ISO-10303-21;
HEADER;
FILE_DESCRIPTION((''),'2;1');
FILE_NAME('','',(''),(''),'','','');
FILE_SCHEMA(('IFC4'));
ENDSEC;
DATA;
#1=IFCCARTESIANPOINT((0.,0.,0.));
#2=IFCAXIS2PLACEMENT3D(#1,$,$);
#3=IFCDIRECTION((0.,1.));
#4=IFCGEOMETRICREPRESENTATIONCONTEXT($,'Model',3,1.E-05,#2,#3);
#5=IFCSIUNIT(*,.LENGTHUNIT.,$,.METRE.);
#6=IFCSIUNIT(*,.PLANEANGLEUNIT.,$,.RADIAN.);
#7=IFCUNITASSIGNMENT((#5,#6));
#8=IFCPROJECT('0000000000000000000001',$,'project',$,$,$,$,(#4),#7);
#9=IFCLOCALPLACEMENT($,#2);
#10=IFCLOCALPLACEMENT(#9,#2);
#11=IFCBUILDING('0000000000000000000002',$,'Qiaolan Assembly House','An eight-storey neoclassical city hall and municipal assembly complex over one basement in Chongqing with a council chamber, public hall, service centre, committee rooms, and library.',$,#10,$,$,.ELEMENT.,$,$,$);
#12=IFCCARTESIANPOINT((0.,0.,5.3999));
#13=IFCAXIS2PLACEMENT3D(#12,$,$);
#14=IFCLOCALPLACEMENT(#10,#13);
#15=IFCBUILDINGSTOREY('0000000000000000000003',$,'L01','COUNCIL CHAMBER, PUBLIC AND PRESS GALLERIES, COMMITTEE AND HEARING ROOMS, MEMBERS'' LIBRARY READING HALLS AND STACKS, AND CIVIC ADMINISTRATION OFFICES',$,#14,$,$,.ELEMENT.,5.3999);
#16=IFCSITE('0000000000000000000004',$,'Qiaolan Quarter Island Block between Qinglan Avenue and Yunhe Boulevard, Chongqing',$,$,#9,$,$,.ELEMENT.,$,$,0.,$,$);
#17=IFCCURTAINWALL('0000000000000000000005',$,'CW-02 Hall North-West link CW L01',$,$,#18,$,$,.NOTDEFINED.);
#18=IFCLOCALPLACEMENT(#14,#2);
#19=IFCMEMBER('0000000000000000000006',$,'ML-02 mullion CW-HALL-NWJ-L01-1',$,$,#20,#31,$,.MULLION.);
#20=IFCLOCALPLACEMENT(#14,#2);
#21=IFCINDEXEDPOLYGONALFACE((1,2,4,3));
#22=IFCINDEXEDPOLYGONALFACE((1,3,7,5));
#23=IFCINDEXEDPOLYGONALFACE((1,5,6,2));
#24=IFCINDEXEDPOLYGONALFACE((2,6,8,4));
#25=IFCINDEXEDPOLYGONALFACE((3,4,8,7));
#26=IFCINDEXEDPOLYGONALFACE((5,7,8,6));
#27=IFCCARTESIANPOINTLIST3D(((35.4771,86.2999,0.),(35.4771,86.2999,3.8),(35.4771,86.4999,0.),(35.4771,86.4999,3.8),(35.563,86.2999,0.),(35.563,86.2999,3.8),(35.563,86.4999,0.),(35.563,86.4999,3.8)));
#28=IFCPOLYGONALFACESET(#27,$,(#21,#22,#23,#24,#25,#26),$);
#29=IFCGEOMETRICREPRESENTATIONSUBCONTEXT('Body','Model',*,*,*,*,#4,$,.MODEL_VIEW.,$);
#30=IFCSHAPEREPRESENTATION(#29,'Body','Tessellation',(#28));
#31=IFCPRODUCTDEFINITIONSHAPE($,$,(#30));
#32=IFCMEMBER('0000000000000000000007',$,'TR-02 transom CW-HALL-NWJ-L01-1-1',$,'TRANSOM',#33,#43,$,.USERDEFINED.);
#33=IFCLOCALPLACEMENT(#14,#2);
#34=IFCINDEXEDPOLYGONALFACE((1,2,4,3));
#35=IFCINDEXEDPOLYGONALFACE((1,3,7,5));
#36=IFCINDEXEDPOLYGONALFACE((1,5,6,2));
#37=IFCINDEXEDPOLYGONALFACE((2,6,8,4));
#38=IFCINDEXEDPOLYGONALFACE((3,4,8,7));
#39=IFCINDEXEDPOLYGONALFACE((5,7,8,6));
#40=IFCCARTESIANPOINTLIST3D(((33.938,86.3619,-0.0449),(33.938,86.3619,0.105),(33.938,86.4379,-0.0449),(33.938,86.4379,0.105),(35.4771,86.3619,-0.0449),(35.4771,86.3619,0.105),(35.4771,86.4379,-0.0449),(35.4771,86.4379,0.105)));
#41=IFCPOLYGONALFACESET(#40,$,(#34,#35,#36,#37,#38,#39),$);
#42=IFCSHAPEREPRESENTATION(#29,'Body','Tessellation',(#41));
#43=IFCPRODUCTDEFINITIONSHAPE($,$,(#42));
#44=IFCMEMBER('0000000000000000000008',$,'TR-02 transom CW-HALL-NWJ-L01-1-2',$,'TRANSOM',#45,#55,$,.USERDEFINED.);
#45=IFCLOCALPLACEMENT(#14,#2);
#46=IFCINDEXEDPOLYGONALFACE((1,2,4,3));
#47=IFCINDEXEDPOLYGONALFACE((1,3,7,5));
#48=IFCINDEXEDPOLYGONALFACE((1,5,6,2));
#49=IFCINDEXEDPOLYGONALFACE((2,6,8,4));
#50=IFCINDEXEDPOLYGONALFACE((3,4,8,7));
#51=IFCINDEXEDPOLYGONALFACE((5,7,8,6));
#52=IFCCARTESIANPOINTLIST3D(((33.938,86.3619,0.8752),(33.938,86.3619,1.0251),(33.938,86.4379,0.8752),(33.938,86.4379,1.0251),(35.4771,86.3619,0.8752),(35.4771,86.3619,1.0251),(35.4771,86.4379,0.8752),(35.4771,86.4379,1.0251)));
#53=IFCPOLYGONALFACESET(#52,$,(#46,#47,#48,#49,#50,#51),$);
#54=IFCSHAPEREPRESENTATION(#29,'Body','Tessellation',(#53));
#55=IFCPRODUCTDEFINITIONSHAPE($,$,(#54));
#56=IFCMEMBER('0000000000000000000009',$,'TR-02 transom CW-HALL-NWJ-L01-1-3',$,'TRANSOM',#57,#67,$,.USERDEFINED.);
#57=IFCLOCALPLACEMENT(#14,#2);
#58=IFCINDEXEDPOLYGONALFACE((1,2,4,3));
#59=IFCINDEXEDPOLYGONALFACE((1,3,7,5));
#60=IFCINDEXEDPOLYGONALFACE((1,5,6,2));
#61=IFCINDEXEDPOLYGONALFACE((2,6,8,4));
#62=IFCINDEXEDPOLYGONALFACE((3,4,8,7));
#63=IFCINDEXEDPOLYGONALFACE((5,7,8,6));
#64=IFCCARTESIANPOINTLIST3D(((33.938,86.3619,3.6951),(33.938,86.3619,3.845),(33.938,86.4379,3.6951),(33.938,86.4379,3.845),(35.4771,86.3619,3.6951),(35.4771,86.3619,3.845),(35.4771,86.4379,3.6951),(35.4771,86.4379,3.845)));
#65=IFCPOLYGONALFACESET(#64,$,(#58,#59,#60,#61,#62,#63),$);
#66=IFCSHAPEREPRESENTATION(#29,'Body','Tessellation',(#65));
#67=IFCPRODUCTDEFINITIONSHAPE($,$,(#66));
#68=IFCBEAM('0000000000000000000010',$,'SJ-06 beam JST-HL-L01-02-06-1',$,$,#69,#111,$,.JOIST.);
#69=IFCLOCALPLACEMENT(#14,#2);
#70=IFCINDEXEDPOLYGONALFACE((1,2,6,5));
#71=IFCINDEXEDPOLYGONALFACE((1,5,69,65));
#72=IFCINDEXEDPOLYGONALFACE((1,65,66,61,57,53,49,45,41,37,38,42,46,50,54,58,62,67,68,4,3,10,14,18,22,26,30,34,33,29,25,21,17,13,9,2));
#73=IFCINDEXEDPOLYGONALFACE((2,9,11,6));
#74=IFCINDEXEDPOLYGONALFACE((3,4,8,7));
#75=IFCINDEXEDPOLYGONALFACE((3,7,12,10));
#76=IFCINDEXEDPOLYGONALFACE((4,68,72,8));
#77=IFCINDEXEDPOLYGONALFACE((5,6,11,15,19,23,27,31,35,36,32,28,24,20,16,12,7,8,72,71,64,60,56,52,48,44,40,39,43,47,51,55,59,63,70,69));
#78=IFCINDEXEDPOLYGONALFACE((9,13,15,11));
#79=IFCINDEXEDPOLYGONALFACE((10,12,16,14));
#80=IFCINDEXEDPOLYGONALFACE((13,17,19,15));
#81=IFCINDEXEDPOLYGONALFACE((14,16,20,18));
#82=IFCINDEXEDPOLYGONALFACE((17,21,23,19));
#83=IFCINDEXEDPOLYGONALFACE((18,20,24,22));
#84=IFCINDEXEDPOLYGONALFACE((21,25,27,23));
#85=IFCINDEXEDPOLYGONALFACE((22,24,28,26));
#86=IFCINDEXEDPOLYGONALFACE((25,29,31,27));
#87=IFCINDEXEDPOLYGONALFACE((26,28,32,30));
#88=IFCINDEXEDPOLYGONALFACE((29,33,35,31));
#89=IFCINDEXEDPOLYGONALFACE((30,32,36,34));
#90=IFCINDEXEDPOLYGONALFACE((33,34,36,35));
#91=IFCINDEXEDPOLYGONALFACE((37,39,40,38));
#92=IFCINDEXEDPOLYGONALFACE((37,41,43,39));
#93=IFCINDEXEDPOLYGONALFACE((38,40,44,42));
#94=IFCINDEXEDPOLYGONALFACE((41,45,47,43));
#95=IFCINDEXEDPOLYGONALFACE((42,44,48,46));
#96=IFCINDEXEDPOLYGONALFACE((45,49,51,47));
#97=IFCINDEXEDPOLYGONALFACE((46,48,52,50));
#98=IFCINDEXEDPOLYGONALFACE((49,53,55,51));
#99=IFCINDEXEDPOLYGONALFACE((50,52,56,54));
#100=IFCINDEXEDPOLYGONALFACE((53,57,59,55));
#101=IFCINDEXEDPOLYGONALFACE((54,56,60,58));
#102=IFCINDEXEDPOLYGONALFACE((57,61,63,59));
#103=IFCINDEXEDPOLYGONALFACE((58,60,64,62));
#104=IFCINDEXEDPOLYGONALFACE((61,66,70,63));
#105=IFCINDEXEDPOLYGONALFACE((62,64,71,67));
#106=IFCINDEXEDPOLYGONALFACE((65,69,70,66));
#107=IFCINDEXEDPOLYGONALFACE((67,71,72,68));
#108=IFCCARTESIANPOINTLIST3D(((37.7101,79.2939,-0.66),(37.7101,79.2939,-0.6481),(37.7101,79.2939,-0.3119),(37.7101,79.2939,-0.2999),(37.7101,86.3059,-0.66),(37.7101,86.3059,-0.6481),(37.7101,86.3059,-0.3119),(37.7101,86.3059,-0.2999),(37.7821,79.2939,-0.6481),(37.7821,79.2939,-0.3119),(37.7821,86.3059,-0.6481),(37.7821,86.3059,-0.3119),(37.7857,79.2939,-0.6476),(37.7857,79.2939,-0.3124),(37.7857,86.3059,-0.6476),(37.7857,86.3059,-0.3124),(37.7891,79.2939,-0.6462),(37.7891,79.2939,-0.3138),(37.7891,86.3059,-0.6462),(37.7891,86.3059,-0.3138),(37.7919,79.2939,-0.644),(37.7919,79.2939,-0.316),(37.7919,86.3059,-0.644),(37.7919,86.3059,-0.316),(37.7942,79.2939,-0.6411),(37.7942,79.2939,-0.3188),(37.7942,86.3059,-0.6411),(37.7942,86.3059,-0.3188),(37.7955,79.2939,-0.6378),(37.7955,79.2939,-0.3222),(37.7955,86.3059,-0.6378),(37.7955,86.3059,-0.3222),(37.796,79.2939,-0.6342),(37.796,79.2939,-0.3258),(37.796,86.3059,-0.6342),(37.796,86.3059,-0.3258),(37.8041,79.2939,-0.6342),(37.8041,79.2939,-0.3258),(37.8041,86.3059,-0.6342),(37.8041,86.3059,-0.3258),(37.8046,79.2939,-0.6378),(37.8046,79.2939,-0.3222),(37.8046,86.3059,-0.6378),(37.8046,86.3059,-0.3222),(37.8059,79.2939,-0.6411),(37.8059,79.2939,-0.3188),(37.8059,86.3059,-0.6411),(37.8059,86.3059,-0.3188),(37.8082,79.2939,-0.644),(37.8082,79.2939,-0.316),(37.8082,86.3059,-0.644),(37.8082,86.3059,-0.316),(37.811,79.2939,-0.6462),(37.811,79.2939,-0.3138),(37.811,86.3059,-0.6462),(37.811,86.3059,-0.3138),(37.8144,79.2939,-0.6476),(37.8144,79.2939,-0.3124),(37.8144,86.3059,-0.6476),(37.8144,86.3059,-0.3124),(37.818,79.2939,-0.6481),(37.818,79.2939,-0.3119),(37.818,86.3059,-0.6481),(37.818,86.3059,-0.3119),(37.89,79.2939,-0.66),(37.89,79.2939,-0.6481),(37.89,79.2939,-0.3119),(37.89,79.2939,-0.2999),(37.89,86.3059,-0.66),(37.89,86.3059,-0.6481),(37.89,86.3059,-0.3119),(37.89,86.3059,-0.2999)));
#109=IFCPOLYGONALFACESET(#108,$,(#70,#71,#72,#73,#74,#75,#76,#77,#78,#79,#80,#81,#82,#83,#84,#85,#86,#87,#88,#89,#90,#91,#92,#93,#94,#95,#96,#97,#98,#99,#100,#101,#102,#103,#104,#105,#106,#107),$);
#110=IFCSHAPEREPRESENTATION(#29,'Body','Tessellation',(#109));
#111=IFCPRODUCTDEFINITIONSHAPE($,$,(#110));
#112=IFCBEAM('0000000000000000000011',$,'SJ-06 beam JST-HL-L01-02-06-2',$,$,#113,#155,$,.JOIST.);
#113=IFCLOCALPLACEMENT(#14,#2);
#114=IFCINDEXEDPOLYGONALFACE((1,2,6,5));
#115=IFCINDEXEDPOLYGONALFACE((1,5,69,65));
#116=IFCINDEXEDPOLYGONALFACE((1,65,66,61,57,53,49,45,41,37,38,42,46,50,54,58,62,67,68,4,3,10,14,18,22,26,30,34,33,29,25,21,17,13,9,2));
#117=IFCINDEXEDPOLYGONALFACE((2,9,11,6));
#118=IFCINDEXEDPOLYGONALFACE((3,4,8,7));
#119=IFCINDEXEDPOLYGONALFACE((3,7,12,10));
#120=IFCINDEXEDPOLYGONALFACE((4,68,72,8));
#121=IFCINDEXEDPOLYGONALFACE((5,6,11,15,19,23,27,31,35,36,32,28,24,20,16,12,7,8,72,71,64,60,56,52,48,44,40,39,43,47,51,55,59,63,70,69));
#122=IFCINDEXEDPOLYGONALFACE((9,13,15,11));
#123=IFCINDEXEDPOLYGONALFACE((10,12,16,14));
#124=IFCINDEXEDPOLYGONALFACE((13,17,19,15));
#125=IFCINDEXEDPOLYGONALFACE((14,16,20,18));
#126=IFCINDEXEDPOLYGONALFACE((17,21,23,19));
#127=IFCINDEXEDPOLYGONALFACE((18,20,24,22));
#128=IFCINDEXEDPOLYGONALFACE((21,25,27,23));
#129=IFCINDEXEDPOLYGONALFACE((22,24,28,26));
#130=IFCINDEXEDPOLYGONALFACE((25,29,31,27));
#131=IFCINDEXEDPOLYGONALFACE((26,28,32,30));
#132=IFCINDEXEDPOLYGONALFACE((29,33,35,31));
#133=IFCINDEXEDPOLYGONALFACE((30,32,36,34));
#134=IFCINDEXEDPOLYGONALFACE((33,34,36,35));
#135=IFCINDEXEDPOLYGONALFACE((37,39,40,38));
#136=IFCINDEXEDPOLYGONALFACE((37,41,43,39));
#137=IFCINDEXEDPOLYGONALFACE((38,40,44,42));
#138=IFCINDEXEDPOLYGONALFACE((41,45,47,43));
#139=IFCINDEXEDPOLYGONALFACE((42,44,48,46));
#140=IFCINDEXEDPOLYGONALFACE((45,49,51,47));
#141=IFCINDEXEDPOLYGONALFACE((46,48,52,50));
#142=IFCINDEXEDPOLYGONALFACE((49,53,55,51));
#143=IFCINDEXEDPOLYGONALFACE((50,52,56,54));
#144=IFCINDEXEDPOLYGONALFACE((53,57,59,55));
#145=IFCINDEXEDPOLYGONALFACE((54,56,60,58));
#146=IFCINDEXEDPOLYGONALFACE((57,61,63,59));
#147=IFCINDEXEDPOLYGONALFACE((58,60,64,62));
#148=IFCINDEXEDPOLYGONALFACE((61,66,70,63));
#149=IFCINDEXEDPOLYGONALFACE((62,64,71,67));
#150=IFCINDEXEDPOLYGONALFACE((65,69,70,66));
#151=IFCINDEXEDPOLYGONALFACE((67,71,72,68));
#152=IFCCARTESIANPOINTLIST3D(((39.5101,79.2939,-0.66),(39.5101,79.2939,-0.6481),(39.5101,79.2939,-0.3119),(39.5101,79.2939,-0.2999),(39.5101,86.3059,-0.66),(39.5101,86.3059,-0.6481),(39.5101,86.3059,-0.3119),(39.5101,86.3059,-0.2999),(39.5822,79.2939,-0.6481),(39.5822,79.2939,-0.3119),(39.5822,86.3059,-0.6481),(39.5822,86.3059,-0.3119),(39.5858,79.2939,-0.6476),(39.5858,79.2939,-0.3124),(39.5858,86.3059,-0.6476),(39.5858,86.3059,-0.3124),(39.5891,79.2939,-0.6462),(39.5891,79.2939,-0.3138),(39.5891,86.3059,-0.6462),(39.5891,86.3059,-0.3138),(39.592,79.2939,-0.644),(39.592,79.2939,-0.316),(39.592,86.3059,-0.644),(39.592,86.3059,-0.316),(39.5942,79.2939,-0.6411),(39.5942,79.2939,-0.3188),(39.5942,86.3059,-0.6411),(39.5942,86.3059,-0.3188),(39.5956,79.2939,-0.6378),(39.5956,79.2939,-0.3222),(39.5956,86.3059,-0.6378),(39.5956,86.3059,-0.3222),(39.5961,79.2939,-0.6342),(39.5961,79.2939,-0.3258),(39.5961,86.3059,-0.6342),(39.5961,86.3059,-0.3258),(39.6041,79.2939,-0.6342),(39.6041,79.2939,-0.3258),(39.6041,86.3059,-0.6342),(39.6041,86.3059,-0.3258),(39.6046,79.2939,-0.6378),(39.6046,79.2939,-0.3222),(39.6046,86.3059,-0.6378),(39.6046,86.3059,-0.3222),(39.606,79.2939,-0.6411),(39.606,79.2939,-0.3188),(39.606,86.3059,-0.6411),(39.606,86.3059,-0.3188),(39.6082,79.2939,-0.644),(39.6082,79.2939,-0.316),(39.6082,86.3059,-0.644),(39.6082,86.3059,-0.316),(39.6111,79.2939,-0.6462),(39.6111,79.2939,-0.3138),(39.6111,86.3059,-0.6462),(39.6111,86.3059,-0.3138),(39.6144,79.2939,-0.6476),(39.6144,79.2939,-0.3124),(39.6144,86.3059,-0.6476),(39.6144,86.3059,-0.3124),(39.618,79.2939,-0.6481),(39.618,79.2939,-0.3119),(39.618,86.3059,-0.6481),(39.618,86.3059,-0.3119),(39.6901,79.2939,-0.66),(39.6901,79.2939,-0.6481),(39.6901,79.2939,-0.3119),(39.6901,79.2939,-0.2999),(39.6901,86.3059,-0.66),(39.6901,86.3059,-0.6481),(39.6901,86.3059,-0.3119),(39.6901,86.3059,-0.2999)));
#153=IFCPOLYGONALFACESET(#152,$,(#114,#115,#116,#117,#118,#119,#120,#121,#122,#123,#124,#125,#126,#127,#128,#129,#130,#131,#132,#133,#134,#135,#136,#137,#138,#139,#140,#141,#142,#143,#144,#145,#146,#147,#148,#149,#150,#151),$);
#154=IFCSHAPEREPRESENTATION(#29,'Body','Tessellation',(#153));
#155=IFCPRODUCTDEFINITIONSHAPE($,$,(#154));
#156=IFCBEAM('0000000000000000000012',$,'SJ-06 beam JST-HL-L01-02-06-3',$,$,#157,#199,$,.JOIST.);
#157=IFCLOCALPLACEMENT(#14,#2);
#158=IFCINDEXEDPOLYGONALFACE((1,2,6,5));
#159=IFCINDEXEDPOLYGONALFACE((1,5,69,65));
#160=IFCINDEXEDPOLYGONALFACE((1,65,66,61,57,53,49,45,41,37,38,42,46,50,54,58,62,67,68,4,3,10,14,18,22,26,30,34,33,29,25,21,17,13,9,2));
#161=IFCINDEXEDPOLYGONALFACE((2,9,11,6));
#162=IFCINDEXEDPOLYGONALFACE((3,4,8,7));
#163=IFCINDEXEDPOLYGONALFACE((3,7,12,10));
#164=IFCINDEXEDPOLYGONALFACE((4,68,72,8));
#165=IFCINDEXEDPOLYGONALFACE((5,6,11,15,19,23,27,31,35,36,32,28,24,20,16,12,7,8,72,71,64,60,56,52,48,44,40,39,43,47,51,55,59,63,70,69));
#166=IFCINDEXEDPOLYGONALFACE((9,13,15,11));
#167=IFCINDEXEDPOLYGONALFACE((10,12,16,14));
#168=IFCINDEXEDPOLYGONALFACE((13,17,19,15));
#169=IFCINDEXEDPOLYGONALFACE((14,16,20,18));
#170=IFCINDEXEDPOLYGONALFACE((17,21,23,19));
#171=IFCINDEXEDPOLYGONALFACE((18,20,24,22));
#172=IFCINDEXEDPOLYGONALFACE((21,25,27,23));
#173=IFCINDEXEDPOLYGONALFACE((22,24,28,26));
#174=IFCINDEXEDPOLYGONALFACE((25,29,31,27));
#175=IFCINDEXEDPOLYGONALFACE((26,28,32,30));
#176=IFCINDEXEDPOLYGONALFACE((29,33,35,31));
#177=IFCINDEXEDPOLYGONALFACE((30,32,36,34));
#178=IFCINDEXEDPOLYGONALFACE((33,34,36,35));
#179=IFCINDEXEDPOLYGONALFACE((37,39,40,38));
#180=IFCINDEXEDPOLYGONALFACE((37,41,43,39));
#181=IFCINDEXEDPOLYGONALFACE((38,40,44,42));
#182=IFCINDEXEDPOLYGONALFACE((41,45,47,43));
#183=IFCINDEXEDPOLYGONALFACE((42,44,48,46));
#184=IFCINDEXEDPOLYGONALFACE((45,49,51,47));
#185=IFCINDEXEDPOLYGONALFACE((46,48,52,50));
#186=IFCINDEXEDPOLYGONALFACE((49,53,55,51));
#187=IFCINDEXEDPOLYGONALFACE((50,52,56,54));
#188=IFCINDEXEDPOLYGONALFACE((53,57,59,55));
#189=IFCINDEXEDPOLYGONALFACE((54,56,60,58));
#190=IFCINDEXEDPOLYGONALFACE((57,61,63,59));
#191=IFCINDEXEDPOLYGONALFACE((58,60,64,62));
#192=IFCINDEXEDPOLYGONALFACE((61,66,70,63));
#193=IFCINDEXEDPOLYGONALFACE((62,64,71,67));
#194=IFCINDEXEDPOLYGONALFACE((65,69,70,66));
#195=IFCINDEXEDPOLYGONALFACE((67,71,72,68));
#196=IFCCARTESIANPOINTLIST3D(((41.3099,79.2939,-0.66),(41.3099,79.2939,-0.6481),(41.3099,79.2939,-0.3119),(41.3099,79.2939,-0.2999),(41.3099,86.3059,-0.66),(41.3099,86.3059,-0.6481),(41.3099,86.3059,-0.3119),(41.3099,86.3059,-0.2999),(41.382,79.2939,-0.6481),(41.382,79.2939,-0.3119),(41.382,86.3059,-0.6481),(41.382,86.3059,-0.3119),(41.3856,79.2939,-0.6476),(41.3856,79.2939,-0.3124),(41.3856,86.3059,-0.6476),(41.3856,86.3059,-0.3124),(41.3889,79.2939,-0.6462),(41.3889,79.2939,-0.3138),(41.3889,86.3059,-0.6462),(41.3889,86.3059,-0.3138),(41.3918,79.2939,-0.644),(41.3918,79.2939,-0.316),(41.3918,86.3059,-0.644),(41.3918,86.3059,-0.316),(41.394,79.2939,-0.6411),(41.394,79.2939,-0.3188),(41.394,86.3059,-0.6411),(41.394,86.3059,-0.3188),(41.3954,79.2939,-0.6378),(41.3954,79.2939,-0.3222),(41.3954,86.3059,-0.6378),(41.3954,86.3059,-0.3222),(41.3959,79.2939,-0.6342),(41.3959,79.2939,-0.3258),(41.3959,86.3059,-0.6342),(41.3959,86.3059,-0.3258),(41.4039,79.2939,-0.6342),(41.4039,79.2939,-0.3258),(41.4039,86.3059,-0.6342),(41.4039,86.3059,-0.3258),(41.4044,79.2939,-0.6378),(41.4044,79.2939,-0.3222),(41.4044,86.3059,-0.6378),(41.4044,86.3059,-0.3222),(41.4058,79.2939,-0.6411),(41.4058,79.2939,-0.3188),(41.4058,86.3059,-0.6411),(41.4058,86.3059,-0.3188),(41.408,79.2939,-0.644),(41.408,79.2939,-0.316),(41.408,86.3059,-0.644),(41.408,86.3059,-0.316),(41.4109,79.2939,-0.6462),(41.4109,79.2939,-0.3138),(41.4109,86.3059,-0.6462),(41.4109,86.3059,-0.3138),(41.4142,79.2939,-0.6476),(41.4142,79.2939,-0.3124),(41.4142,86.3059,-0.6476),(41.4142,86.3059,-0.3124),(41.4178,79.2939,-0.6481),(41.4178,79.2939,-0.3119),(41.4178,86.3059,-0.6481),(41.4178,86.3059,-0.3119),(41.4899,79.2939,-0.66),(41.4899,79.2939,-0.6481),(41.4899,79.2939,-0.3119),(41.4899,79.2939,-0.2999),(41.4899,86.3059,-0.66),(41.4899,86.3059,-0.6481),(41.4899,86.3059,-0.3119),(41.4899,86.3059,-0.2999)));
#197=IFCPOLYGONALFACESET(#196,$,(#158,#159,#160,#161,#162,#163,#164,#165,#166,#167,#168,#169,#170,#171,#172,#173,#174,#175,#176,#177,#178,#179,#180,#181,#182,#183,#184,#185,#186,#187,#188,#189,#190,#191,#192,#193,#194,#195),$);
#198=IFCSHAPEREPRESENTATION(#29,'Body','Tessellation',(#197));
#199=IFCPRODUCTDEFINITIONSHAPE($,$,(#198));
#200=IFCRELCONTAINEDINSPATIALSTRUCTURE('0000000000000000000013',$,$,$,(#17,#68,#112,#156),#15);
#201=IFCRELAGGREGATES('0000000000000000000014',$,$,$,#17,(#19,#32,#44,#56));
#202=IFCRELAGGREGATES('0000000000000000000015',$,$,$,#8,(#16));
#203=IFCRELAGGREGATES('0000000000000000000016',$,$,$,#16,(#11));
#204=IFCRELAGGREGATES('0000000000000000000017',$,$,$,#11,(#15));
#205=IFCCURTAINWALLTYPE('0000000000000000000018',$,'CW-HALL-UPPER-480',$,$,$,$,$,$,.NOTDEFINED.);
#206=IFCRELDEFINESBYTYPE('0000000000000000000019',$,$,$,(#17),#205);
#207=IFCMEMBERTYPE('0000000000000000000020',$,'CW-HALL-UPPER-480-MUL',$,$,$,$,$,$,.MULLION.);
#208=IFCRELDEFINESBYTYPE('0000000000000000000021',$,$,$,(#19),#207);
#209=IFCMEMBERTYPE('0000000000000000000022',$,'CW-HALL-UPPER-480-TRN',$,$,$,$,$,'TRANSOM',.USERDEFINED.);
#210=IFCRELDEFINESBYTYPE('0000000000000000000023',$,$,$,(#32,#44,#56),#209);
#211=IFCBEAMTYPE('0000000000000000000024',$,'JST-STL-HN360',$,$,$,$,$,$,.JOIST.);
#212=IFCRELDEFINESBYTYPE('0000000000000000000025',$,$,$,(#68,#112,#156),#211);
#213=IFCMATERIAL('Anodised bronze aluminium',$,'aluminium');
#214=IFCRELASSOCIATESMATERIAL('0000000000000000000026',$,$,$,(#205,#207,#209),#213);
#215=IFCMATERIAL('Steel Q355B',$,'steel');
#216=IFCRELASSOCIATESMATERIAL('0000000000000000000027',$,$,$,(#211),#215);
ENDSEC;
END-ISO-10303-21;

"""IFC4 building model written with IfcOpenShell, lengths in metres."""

from ifc_helpers import new_model, si_unit, direction, frame, origin, origin_2d, place, context, subcontext, project, spatial, rectangle, i_section, extrude, material, material_profile, profile_set, type_object, element, aggregate, save


model = new_model("IFC4")

# Units and contexts
model_context = context("Model", 3, precision=1e-05, world=origin(), true_north=direction((0.0, 1.0)))
body_context = subcontext(model_context, "Body", "Model", "MODEL_VIEW")
ifc_project = project(units=[si_unit("LENGTHUNIT", "METRE"), si_unit("PLANEANGLEUNIT", "RADIAN")], contexts=[model_context])

# Site, building, storey
site_placement = place(None, origin())
site = spatial("IfcSite", under=ifc_project, at=site_placement, Name="Qiaolan Quarter Island Block between Qinglan Avenue and Yunhe Boulevard, Chongqing", CompositionType="ELEMENT", RefElevation=0.0)
building_placement = place(site_placement, origin())
building = spatial("IfcBuilding", under=site, at=building_placement, Name="Qiaolan Assembly House", Description="An eight-storey neoclassical city hall and municipal assembly complex over one basement in Chongqing with a council chamber, public hall, service centre, committee rooms, and library.", CompositionType="ELEMENT")
storey_placement = place(building_placement, frame((0.0, 0.0, 5.3999)))
storey = spatial("IfcBuildingStorey", under=building, at=storey_placement, Name="L01", Description="COUNCIL CHAMBER, PUBLIC AND PRESS GALLERIES, COMMITTEE AND HEARING ROOMS, MEMBERS' LIBRARY READING HALLS AND STACKS, AND CIVIC ADMINISTRATION OFFICES", CompositionType="ELEMENT", Elevation=5.3999)

# Shared definitions
ifc_material_1 = material(Name="Steel Q355B", Category="steel")

# Curtain wall, members
ifc_material_2 = material(Name="Anodised bronze aluminium", Category="aluminium")
curtain_wall_type = type_object("IfcCurtainWallType", Name="CW-HALL-UPPER-480", PredefinedType="NOTDEFINED", material=ifc_material_2)
curtain_wall_placement = place(storey_placement, origin())
curtain_wall = element("IfcCurtainWall", 1, at=curtain_wall_placement, inside=storey, type_object=curtain_wall_type, Name="CW-02 Hall North-West link CW L01", PredefinedType="NOTDEFINED")
ifc_material_profile_1 = material_profile(ifc_material_2, rectangle(XDim=0.0859, YDim=0.2, at=origin_2d()), Name="MUL 86x200")
ifc_profile_set_1 = profile_set([ifc_material_profile_1], Name="Anodised bronze aluminium")
member_type_1 = type_object("IfcMemberType", Name="CW-HALL-UPPER-480-MUL", PredefinedType="MULLION", material=ifc_profile_set_1)
member_1_placement = place(storey_placement, frame((35.52, 86.3999, 0.0), z_axis=(0.0, 0.0, 1.0), x_axis=(-1.0, 0.0, 0.0)))
member_1 = element("IfcMember", 2, at=member_1_placement, type_object=member_type_1, Name="ML-02 mullion CW-HALL-NWJ-L01-1", PredefinedType="MULLION", context=body_context, shape_type="SweptSolid", body=[
    extrude(rectangle(XDim=0.0859, YDim=0.2, at=origin_2d()), origin(), (0.0, 0.0, 1.0), 3.8),
])
ifc_material_profile_2 = material_profile(ifc_material_2, rectangle(XDim=0.0759, YDim=0.1499, at=origin_2d()), Name="TRN 76x150")
ifc_profile_set_2 = profile_set([ifc_material_profile_2], Name="Anodised bronze aluminium")
member_type_2 = type_object("IfcMemberType", Name="CW-HALL-UPPER-480-TRN", ElementType="TRANSOM", PredefinedType="USERDEFINED", material=ifc_profile_set_2)
member_2_placement = place(storey_placement, frame((35.4771, 86.3999, 0.03), z_axis=(-1.0, 0.0, 0.0), x_axis=(0.0, -1.0, 0.0)))
member_2 = element("IfcMember", 3, at=member_2_placement, type_object=member_type_2, Name="TR-02 transom CW-HALL-NWJ-L01-1-1", ObjectType="TRANSOM", PredefinedType="USERDEFINED", context=body_context, shape_type="SweptSolid", body=[
    extrude(rectangle(XDim=0.0759, YDim=0.1499, at=origin_2d()), origin(), (0.0, 0.0, 1.0), 1.5391),
])
member_3_placement = place(storey_placement, frame((35.4771, 86.3999, 0.9502), z_axis=(-1.0, 0.0, 0.0), x_axis=(0.0, -1.0, 0.0)))
member_3 = element("IfcMember", 4, at=member_3_placement, type_object=member_type_2, Name="TR-02 transom CW-HALL-NWJ-L01-1-2", ObjectType="TRANSOM", PredefinedType="USERDEFINED", context=body_context, shape_type="SweptSolid", body=[
    extrude(rectangle(XDim=0.0759, YDim=0.1499, at=origin_2d()), origin(), (0.0, 0.0, 1.0), 1.5391),
])
member_4_placement = place(storey_placement, frame((35.4771, 86.3999, 3.77), z_axis=(-1.0, 0.0, 0.0), x_axis=(0.0, -1.0, 0.0)))
member_4 = element("IfcMember", 5, at=member_4_placement, type_object=member_type_2, Name="TR-02 transom CW-HALL-NWJ-L01-1-3", ObjectType="TRANSOM", PredefinedType="USERDEFINED", context=body_context, shape_type="SweptSolid", body=[
    extrude(rectangle(XDim=0.0759, YDim=0.1499, at=origin_2d()), origin(), (0.0, 0.0, 1.0), 1.5391),
])

# Beams
ifc_material_profile_3 = material_profile(ifc_material_1, i_section(OverallWidth=0.1799, OverallDepth=0.3601, WebThickness=0.0081, FlangeThickness=0.012, FilletRadius=0.0139, at=origin_2d()), Name="HN 360x180x8x12")
ifc_profile_set_3 = profile_set([ifc_material_profile_3], Name="Steel Q355B")
beam_type_1 = type_object("IfcBeamType", Name="JST-STL-HN360", PredefinedType="JOIST", material=ifc_profile_set_3)
for number, where, z_axis, x_axis, name in (
    (6, (37.8, 79.2939, -0.48), (0.0, 1.0, 0.0), (-1.0, 0.0, 0.0), "SJ-06 beam JST-HL-L01-02-06-1"),
    (7, (39.6001, 79.2939, -0.48), (0.0, 1.0, 0.0), (-1.0, 0.0, 0.0), "SJ-06 beam JST-HL-L01-02-06-2"),
    (8, (41.3999, 79.2939, -0.48), (0.0, 1.0, 0.0), (-1.0, 0.0, 0.0), "SJ-06 beam JST-HL-L01-02-06-3"),
):
    element("IfcBeam", number, at=place(storey_placement, frame(where, z_axis=z_axis, x_axis=x_axis)), inside=storey, type_object=beam_type_1, Name=name, PredefinedType="JOIST", context=body_context, shape_type="SweptSolid", body=[
        extrude(i_section(OverallWidth=0.1799, OverallDepth=0.3601, WebThickness=0.0081, FlangeThickness=0.012, FilletRadius=0.0139, at=origin_2d()), origin(), (0.0, 0.0, 1.0), 7.012),
    ])

aggregate(curtain_wall, [member_1, member_2, member_3, member_4])

save(model, "model.ifc")
